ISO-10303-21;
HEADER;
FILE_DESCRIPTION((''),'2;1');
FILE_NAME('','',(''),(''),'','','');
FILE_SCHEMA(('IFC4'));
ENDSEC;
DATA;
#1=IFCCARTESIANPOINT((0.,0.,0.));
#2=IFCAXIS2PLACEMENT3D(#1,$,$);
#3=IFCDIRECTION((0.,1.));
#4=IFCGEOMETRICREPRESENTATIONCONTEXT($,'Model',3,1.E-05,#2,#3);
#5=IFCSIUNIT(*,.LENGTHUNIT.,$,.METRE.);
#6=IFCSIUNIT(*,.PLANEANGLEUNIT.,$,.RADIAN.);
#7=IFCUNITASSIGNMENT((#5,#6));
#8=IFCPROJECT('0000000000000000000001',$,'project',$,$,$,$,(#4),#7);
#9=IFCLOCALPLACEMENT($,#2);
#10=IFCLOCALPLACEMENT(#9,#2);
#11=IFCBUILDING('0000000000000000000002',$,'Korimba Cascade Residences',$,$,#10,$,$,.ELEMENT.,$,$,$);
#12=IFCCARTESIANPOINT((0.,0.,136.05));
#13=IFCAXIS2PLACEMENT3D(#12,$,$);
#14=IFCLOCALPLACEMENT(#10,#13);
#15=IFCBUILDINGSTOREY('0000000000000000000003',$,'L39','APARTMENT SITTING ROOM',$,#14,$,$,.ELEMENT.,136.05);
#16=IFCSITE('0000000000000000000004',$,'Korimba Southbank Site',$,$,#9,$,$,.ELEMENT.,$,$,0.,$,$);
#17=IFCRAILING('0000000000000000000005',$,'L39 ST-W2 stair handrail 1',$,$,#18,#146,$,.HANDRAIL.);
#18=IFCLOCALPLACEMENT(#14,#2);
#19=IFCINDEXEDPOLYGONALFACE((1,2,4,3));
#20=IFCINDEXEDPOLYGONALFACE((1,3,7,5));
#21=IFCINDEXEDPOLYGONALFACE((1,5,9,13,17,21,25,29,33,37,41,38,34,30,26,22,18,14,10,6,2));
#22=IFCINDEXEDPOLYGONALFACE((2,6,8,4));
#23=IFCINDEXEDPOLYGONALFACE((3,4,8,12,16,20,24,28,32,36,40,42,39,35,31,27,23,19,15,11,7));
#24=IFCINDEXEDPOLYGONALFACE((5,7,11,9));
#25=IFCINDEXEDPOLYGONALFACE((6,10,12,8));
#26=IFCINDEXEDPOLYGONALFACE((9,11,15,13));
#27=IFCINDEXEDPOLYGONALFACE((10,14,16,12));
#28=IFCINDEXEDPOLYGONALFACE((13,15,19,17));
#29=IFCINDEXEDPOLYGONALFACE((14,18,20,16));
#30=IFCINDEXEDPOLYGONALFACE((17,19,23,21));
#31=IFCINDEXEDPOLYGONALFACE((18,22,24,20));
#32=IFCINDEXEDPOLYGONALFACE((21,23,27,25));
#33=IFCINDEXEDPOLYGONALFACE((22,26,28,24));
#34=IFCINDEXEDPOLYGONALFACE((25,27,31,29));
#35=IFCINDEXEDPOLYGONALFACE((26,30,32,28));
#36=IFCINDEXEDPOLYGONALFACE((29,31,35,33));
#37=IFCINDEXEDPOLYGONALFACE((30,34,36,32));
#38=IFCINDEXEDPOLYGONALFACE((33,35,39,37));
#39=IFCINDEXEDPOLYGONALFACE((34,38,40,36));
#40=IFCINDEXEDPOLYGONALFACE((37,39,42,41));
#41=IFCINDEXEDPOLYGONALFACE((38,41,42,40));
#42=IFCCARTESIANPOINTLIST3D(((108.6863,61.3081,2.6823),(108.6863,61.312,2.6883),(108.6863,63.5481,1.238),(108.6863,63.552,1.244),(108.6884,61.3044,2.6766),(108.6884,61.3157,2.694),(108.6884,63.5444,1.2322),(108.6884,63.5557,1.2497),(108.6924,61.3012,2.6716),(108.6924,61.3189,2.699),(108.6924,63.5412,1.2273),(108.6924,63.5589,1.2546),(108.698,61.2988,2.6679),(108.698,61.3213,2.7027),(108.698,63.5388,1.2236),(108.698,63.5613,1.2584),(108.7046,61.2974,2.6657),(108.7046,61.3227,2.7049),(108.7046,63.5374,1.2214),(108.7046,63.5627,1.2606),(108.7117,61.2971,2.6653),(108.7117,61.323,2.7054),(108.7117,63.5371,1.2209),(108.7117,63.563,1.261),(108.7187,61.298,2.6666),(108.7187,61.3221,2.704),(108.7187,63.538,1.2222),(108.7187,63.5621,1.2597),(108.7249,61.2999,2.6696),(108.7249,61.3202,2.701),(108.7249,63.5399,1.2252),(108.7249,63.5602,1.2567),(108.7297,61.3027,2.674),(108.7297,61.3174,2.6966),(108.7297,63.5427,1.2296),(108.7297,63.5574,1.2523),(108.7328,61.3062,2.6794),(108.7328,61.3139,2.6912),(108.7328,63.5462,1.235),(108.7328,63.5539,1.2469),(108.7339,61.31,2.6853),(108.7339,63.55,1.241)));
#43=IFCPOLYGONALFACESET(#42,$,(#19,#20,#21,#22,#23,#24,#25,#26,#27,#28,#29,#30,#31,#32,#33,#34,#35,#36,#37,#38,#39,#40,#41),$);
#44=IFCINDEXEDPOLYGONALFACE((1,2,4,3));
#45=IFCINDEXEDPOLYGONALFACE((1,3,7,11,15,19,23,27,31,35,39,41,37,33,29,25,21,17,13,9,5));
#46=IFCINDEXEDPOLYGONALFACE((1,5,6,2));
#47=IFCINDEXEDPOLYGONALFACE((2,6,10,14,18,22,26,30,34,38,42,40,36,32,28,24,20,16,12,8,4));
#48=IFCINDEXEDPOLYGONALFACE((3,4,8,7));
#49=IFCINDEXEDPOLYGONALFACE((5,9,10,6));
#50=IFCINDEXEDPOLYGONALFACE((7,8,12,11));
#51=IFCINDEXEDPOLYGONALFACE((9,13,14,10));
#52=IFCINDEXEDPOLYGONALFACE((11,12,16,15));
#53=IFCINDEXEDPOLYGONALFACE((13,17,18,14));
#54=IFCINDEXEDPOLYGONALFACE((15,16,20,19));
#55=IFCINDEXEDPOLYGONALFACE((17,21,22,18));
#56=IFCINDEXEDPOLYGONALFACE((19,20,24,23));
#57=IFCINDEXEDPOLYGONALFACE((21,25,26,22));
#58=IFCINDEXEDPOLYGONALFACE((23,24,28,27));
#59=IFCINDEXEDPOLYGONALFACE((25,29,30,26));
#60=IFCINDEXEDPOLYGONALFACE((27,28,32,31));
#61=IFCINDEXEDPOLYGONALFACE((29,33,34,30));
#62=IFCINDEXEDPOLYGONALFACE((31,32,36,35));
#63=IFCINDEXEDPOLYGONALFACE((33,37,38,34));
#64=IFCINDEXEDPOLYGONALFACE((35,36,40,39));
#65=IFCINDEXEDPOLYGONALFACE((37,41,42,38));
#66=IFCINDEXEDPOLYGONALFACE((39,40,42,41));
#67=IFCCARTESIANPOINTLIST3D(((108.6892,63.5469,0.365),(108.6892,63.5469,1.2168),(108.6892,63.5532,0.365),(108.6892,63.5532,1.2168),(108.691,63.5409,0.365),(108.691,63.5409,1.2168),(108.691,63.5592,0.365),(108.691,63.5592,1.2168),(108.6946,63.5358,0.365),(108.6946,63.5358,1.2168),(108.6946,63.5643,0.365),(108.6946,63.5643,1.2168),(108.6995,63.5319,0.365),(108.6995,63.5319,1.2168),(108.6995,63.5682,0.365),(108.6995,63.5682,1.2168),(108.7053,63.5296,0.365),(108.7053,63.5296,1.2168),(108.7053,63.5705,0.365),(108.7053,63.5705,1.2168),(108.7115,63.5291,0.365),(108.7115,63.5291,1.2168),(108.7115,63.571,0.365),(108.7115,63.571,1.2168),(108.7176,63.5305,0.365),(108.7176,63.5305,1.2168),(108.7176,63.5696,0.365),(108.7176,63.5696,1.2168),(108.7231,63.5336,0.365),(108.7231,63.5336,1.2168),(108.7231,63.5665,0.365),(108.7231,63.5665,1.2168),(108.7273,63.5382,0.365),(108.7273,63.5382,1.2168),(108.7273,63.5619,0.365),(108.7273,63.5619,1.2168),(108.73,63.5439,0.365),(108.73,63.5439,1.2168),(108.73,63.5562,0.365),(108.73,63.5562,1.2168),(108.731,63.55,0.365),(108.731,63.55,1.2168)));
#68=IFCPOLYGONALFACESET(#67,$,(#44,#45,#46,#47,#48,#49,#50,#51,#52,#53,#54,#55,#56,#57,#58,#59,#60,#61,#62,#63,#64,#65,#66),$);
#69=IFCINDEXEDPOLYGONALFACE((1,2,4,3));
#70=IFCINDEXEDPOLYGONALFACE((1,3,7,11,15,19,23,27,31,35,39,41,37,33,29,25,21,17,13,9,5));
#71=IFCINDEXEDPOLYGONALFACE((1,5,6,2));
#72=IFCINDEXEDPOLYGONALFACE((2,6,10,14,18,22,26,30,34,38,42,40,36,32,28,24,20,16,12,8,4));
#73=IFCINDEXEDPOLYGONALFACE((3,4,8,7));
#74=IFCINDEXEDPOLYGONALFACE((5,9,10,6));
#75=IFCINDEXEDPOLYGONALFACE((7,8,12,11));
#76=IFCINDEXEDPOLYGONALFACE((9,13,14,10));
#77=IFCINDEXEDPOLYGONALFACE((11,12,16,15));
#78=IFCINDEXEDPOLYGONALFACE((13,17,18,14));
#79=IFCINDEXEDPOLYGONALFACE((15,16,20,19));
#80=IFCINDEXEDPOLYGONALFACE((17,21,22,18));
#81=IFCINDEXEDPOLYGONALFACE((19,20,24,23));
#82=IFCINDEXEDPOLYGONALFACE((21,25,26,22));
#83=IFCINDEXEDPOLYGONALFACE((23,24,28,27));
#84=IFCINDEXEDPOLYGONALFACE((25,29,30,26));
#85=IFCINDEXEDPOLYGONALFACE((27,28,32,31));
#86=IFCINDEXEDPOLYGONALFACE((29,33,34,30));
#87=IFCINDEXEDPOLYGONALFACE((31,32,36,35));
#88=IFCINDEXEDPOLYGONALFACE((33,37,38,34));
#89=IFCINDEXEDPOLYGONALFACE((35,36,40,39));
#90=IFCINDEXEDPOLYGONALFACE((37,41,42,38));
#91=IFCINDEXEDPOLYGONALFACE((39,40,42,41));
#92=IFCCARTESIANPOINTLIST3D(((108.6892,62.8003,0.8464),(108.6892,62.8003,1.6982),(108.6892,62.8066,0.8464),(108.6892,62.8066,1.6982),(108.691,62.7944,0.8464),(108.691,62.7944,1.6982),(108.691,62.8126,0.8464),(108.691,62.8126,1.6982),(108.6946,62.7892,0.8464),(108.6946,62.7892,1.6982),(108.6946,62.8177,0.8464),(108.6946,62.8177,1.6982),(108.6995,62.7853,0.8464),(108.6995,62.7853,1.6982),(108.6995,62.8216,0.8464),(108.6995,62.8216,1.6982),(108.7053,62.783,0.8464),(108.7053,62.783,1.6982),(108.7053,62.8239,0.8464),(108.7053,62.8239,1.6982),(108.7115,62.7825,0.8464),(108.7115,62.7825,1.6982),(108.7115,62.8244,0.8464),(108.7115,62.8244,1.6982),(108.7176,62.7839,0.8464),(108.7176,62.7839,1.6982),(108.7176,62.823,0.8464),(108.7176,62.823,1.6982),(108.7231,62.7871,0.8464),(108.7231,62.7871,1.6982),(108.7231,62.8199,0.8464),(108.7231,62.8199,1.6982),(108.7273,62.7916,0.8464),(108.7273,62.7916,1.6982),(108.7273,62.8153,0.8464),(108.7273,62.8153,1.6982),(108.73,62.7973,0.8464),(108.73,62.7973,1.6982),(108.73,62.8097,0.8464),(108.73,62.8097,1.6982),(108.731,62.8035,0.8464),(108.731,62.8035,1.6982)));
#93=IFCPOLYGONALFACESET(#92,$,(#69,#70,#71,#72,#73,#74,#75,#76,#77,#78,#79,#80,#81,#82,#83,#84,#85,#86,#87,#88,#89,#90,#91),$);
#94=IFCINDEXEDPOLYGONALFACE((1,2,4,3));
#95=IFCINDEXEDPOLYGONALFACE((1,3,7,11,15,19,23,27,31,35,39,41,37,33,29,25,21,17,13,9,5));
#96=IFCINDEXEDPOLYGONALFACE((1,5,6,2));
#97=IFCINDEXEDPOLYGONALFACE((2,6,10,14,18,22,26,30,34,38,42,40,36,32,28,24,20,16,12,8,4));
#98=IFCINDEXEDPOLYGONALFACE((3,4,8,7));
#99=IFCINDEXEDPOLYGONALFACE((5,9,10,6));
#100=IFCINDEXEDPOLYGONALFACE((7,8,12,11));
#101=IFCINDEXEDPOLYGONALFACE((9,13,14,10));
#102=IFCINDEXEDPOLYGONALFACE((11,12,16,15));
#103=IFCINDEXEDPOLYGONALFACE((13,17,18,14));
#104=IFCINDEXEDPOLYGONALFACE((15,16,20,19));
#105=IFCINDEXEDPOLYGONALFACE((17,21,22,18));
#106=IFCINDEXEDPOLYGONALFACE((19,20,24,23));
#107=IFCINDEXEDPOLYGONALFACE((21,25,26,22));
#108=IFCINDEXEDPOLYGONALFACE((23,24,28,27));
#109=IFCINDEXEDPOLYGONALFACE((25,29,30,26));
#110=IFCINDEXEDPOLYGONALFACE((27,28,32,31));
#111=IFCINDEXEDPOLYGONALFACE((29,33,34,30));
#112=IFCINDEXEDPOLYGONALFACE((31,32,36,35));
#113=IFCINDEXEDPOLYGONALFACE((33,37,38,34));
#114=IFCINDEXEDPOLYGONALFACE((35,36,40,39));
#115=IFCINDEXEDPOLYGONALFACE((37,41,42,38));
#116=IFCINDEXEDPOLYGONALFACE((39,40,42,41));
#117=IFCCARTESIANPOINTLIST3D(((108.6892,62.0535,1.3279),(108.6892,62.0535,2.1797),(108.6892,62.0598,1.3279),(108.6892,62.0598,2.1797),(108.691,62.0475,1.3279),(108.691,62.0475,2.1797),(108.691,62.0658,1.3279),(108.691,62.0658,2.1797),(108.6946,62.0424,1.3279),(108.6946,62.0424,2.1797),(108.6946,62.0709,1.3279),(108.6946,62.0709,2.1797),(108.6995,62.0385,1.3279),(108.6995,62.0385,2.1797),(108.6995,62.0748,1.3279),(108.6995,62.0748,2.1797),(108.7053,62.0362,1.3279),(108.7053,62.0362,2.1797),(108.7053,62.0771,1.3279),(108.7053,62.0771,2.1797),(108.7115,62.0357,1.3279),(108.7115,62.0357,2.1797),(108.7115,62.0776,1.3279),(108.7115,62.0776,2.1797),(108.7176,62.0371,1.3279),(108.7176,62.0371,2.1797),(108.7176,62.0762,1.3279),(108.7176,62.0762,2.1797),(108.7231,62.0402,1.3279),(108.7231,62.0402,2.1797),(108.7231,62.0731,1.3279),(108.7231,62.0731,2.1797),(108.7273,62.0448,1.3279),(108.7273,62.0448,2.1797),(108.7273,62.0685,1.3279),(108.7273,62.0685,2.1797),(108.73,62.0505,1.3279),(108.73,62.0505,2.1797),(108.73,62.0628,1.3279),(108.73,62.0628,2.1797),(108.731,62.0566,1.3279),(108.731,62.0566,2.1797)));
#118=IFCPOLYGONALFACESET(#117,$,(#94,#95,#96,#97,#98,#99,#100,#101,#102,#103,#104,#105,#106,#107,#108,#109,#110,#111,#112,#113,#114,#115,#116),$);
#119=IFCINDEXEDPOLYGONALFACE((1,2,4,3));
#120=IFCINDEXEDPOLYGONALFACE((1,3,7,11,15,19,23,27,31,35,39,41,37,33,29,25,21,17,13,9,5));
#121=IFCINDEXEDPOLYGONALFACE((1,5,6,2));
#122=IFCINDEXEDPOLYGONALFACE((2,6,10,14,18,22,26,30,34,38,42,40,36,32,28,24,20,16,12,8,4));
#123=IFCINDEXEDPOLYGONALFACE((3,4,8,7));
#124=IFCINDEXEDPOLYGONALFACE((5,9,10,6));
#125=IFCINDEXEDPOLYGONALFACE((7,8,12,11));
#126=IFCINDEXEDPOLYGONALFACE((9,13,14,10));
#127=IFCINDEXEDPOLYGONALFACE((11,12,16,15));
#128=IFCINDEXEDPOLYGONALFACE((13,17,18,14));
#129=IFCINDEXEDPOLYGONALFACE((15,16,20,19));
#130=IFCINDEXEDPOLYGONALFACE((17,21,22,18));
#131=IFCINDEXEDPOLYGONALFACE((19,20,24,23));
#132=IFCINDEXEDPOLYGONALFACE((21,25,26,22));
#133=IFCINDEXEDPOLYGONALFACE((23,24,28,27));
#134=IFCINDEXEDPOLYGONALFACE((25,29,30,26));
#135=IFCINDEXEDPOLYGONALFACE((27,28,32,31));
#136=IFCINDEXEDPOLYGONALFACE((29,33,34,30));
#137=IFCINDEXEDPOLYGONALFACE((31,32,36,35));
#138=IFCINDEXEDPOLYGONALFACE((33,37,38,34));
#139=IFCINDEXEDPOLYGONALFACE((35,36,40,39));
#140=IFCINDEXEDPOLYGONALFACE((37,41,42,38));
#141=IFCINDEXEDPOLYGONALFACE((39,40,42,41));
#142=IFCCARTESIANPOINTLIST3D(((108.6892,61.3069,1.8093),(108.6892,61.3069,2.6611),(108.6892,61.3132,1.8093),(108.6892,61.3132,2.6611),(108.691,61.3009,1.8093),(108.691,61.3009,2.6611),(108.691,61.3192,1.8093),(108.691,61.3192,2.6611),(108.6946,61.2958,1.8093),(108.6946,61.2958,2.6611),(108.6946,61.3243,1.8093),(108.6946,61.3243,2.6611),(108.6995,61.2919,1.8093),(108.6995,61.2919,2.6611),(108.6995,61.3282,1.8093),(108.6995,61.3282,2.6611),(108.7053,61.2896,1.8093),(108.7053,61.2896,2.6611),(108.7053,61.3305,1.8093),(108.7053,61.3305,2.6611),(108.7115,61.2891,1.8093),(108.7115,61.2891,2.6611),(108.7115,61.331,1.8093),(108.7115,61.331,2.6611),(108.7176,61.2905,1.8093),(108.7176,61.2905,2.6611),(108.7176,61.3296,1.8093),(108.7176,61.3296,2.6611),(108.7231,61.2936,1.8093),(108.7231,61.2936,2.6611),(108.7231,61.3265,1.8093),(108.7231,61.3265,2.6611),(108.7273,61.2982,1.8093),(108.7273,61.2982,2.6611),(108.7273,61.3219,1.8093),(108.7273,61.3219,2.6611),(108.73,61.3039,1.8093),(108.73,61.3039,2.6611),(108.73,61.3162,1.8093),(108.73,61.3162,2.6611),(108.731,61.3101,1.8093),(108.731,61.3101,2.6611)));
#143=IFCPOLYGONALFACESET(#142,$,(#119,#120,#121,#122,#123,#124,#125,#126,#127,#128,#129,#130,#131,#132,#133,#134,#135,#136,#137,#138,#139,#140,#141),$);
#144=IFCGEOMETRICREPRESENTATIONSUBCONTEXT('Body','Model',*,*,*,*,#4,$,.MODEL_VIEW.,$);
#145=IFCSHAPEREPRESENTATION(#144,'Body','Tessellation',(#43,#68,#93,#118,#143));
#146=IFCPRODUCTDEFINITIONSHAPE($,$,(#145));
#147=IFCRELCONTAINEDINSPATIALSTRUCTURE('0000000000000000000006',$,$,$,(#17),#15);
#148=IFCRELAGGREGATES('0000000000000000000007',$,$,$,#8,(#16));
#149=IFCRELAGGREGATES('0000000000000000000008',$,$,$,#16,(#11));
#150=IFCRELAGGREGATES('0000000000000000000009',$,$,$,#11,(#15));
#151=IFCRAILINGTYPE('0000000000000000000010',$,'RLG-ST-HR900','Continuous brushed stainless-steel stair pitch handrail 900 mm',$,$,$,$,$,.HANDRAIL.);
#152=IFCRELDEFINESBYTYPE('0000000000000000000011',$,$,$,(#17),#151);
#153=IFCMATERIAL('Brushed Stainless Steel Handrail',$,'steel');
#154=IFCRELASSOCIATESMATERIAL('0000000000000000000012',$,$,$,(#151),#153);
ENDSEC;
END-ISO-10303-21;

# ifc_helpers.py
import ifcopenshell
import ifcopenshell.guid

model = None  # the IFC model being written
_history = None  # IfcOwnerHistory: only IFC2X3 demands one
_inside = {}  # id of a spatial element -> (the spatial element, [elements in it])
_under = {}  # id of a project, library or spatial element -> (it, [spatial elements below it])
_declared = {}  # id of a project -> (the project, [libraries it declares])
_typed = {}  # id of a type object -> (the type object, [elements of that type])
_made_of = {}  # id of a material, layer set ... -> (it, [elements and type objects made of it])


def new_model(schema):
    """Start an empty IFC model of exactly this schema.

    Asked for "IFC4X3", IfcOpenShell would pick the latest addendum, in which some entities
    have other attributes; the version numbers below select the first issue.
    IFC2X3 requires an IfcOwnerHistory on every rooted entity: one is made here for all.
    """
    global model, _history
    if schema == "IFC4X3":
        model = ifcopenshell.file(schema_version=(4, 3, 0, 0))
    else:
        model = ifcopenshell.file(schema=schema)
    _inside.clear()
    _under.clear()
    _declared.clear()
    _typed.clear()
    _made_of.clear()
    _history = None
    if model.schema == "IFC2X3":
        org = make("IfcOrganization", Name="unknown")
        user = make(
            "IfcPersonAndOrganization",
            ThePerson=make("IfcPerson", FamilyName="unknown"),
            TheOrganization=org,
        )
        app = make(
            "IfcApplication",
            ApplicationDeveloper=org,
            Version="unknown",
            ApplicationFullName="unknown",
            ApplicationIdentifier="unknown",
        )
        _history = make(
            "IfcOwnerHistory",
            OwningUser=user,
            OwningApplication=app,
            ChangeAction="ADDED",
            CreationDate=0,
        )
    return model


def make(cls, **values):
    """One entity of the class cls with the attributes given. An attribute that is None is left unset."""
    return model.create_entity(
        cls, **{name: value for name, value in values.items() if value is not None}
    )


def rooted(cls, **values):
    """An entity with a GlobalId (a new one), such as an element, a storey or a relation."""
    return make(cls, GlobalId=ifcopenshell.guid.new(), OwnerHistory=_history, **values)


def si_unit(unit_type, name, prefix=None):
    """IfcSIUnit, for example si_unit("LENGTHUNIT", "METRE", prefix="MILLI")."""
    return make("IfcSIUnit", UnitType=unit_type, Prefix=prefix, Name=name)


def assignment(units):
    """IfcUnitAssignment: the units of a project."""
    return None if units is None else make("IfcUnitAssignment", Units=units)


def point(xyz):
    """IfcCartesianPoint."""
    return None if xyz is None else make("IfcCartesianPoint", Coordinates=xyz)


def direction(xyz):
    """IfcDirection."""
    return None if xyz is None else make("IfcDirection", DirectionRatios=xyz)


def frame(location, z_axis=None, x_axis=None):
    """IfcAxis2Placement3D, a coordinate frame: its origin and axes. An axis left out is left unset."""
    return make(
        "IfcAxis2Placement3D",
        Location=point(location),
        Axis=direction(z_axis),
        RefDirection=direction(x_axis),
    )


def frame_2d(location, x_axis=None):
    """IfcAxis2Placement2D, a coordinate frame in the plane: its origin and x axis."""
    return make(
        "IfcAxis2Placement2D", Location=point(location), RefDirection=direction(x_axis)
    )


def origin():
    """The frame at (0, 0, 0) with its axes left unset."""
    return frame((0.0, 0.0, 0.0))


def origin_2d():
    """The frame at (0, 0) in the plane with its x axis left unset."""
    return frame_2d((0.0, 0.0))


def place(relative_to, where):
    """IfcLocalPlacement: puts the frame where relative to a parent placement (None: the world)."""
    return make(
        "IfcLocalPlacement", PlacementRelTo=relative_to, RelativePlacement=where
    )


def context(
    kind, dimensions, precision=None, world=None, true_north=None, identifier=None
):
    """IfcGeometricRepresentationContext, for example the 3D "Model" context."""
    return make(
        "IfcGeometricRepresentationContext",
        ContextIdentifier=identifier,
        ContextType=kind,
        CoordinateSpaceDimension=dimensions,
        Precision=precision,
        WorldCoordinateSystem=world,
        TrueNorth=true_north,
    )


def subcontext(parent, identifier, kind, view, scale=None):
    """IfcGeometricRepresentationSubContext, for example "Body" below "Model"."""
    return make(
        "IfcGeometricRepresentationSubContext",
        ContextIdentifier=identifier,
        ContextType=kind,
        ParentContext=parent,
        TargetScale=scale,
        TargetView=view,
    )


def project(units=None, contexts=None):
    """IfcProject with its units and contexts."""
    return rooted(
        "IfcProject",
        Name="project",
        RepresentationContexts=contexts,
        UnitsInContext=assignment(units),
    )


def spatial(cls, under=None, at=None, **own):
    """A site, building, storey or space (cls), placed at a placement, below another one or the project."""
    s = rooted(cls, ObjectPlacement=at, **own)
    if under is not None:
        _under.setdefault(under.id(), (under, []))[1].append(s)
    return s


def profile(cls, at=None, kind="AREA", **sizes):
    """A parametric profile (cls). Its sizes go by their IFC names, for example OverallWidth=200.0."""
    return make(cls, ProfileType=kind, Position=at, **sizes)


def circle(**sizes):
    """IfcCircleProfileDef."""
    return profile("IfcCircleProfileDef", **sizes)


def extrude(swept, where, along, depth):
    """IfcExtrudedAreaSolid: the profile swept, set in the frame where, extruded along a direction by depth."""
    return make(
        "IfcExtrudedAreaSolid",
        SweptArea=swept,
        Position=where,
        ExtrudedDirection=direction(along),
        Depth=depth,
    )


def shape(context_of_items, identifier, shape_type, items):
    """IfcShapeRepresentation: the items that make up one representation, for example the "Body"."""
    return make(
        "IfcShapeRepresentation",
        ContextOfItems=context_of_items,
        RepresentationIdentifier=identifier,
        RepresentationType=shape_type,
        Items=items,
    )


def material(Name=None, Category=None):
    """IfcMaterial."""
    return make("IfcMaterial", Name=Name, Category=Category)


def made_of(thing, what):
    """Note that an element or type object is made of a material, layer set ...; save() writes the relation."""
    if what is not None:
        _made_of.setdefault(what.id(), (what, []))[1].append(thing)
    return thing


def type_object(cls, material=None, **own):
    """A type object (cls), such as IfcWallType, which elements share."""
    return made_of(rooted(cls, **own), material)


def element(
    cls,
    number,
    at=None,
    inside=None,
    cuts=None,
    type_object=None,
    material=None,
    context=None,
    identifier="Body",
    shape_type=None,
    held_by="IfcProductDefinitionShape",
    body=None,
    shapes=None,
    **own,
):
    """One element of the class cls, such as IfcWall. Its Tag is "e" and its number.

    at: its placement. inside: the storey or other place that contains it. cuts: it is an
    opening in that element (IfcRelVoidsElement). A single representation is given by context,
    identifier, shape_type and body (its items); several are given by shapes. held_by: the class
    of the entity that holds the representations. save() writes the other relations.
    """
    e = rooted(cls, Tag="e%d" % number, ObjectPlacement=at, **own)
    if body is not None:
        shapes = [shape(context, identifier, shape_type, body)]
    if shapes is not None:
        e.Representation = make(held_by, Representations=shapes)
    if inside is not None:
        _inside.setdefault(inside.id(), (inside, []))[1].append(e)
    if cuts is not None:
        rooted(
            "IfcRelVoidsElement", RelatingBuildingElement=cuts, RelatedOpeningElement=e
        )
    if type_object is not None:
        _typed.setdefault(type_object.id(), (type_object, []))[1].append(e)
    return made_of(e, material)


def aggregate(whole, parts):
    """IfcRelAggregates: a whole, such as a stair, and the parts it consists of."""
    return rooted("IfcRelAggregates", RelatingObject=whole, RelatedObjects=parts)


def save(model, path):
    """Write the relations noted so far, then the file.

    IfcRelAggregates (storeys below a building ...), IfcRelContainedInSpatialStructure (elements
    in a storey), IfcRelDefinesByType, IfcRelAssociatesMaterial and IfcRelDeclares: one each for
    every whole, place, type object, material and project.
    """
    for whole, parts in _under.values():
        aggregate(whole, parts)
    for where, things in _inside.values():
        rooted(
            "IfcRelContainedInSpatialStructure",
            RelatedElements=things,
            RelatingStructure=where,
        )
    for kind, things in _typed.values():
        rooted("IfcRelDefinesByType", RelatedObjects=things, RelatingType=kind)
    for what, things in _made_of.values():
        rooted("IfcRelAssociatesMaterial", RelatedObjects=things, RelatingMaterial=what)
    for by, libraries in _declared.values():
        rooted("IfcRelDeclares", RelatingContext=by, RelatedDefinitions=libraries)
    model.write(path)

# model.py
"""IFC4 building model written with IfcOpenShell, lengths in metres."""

from ifc_helpers import new_model, si_unit, direction, frame, origin, origin_2d, place, context, subcontext, project, spatial, circle, extrude, material, type_object, element, save


model = new_model("IFC4")

# Units and contexts
model_context = context("Model", 3, precision=1e-05, world=origin(), true_north=direction((0.0, 1.0)))
body_context = subcontext(model_context, "Body", "Model", "MODEL_VIEW")
ifc_project = project(units=[si_unit("LENGTHUNIT", "METRE"), si_unit("PLANEANGLEUNIT", "RADIAN")], contexts=[model_context])

# Site, building, storey
site_placement = place(None, origin())
site = spatial("IfcSite", under=ifc_project, at=site_placement, Name="Korimba Southbank Site", CompositionType="ELEMENT", RefElevation=0.0)
building_placement = place(site_placement, origin())
building = spatial("IfcBuilding", under=site, at=building_placement, Name="Korimba Cascade Residences", CompositionType="ELEMENT")
storey_placement = place(building_placement, frame((0.0, 0.0, 136.05)))
storey = spatial("IfcBuildingStorey", under=building, at=storey_placement, Name="L39", Description="APARTMENT SITTING ROOM", CompositionType="ELEMENT", Elevation=136.05)

# Railing
ifc_material_1 = material(Name="Brushed Stainless Steel Handrail", Category="steel")
railing_type_1 = type_object("IfcRailingType", Name="RLG-ST-HR900", Description="Continuous brushed stainless-steel stair pitch handrail 900 mm", PredefinedType="HANDRAIL", material=ifc_material_1)
railing_1_placement = place(storey_placement, frame((108.71, 63.55, 0.365)))
element("IfcRailing", 1, at=railing_1_placement, inside=storey, type_object=railing_type_1, Name="L39 ST-W2 stair handrail 1", PredefinedType="HANDRAIL", context=body_context, shape_type="SweptSolid", body=[
    extrude(circle(Radius=0.0239, at=origin_2d()), frame((0.0, 0.0, 0.876), z_axis=(0.0, -0.840437, 0.54191), x_axis=(1.0, 0.0, 0.0)), (0.0, 0.0, 1.0), 2.6653),
    extrude(circle(Radius=0.021, at=origin_2d()), origin(), (0.0, 0.0, 1.0), 0.8518),
    extrude(circle(Radius=0.021, at=origin_2d()), frame((0.0, -0.7466, 0.4814)), (0.0, 0.0, 1.0), 0.8518),
    extrude(circle(Radius=0.021, at=origin_2d()), frame((0.0, -1.4934, 0.9629)), (0.0, 0.0, 1.0), 0.8518),
    extrude(circle(Radius=0.021, at=origin_2d()), frame((0.0, -2.24, 1.4443)), (0.0, 0.0, 1.0), 0.8518),
])

save(model, "model.ifc")
